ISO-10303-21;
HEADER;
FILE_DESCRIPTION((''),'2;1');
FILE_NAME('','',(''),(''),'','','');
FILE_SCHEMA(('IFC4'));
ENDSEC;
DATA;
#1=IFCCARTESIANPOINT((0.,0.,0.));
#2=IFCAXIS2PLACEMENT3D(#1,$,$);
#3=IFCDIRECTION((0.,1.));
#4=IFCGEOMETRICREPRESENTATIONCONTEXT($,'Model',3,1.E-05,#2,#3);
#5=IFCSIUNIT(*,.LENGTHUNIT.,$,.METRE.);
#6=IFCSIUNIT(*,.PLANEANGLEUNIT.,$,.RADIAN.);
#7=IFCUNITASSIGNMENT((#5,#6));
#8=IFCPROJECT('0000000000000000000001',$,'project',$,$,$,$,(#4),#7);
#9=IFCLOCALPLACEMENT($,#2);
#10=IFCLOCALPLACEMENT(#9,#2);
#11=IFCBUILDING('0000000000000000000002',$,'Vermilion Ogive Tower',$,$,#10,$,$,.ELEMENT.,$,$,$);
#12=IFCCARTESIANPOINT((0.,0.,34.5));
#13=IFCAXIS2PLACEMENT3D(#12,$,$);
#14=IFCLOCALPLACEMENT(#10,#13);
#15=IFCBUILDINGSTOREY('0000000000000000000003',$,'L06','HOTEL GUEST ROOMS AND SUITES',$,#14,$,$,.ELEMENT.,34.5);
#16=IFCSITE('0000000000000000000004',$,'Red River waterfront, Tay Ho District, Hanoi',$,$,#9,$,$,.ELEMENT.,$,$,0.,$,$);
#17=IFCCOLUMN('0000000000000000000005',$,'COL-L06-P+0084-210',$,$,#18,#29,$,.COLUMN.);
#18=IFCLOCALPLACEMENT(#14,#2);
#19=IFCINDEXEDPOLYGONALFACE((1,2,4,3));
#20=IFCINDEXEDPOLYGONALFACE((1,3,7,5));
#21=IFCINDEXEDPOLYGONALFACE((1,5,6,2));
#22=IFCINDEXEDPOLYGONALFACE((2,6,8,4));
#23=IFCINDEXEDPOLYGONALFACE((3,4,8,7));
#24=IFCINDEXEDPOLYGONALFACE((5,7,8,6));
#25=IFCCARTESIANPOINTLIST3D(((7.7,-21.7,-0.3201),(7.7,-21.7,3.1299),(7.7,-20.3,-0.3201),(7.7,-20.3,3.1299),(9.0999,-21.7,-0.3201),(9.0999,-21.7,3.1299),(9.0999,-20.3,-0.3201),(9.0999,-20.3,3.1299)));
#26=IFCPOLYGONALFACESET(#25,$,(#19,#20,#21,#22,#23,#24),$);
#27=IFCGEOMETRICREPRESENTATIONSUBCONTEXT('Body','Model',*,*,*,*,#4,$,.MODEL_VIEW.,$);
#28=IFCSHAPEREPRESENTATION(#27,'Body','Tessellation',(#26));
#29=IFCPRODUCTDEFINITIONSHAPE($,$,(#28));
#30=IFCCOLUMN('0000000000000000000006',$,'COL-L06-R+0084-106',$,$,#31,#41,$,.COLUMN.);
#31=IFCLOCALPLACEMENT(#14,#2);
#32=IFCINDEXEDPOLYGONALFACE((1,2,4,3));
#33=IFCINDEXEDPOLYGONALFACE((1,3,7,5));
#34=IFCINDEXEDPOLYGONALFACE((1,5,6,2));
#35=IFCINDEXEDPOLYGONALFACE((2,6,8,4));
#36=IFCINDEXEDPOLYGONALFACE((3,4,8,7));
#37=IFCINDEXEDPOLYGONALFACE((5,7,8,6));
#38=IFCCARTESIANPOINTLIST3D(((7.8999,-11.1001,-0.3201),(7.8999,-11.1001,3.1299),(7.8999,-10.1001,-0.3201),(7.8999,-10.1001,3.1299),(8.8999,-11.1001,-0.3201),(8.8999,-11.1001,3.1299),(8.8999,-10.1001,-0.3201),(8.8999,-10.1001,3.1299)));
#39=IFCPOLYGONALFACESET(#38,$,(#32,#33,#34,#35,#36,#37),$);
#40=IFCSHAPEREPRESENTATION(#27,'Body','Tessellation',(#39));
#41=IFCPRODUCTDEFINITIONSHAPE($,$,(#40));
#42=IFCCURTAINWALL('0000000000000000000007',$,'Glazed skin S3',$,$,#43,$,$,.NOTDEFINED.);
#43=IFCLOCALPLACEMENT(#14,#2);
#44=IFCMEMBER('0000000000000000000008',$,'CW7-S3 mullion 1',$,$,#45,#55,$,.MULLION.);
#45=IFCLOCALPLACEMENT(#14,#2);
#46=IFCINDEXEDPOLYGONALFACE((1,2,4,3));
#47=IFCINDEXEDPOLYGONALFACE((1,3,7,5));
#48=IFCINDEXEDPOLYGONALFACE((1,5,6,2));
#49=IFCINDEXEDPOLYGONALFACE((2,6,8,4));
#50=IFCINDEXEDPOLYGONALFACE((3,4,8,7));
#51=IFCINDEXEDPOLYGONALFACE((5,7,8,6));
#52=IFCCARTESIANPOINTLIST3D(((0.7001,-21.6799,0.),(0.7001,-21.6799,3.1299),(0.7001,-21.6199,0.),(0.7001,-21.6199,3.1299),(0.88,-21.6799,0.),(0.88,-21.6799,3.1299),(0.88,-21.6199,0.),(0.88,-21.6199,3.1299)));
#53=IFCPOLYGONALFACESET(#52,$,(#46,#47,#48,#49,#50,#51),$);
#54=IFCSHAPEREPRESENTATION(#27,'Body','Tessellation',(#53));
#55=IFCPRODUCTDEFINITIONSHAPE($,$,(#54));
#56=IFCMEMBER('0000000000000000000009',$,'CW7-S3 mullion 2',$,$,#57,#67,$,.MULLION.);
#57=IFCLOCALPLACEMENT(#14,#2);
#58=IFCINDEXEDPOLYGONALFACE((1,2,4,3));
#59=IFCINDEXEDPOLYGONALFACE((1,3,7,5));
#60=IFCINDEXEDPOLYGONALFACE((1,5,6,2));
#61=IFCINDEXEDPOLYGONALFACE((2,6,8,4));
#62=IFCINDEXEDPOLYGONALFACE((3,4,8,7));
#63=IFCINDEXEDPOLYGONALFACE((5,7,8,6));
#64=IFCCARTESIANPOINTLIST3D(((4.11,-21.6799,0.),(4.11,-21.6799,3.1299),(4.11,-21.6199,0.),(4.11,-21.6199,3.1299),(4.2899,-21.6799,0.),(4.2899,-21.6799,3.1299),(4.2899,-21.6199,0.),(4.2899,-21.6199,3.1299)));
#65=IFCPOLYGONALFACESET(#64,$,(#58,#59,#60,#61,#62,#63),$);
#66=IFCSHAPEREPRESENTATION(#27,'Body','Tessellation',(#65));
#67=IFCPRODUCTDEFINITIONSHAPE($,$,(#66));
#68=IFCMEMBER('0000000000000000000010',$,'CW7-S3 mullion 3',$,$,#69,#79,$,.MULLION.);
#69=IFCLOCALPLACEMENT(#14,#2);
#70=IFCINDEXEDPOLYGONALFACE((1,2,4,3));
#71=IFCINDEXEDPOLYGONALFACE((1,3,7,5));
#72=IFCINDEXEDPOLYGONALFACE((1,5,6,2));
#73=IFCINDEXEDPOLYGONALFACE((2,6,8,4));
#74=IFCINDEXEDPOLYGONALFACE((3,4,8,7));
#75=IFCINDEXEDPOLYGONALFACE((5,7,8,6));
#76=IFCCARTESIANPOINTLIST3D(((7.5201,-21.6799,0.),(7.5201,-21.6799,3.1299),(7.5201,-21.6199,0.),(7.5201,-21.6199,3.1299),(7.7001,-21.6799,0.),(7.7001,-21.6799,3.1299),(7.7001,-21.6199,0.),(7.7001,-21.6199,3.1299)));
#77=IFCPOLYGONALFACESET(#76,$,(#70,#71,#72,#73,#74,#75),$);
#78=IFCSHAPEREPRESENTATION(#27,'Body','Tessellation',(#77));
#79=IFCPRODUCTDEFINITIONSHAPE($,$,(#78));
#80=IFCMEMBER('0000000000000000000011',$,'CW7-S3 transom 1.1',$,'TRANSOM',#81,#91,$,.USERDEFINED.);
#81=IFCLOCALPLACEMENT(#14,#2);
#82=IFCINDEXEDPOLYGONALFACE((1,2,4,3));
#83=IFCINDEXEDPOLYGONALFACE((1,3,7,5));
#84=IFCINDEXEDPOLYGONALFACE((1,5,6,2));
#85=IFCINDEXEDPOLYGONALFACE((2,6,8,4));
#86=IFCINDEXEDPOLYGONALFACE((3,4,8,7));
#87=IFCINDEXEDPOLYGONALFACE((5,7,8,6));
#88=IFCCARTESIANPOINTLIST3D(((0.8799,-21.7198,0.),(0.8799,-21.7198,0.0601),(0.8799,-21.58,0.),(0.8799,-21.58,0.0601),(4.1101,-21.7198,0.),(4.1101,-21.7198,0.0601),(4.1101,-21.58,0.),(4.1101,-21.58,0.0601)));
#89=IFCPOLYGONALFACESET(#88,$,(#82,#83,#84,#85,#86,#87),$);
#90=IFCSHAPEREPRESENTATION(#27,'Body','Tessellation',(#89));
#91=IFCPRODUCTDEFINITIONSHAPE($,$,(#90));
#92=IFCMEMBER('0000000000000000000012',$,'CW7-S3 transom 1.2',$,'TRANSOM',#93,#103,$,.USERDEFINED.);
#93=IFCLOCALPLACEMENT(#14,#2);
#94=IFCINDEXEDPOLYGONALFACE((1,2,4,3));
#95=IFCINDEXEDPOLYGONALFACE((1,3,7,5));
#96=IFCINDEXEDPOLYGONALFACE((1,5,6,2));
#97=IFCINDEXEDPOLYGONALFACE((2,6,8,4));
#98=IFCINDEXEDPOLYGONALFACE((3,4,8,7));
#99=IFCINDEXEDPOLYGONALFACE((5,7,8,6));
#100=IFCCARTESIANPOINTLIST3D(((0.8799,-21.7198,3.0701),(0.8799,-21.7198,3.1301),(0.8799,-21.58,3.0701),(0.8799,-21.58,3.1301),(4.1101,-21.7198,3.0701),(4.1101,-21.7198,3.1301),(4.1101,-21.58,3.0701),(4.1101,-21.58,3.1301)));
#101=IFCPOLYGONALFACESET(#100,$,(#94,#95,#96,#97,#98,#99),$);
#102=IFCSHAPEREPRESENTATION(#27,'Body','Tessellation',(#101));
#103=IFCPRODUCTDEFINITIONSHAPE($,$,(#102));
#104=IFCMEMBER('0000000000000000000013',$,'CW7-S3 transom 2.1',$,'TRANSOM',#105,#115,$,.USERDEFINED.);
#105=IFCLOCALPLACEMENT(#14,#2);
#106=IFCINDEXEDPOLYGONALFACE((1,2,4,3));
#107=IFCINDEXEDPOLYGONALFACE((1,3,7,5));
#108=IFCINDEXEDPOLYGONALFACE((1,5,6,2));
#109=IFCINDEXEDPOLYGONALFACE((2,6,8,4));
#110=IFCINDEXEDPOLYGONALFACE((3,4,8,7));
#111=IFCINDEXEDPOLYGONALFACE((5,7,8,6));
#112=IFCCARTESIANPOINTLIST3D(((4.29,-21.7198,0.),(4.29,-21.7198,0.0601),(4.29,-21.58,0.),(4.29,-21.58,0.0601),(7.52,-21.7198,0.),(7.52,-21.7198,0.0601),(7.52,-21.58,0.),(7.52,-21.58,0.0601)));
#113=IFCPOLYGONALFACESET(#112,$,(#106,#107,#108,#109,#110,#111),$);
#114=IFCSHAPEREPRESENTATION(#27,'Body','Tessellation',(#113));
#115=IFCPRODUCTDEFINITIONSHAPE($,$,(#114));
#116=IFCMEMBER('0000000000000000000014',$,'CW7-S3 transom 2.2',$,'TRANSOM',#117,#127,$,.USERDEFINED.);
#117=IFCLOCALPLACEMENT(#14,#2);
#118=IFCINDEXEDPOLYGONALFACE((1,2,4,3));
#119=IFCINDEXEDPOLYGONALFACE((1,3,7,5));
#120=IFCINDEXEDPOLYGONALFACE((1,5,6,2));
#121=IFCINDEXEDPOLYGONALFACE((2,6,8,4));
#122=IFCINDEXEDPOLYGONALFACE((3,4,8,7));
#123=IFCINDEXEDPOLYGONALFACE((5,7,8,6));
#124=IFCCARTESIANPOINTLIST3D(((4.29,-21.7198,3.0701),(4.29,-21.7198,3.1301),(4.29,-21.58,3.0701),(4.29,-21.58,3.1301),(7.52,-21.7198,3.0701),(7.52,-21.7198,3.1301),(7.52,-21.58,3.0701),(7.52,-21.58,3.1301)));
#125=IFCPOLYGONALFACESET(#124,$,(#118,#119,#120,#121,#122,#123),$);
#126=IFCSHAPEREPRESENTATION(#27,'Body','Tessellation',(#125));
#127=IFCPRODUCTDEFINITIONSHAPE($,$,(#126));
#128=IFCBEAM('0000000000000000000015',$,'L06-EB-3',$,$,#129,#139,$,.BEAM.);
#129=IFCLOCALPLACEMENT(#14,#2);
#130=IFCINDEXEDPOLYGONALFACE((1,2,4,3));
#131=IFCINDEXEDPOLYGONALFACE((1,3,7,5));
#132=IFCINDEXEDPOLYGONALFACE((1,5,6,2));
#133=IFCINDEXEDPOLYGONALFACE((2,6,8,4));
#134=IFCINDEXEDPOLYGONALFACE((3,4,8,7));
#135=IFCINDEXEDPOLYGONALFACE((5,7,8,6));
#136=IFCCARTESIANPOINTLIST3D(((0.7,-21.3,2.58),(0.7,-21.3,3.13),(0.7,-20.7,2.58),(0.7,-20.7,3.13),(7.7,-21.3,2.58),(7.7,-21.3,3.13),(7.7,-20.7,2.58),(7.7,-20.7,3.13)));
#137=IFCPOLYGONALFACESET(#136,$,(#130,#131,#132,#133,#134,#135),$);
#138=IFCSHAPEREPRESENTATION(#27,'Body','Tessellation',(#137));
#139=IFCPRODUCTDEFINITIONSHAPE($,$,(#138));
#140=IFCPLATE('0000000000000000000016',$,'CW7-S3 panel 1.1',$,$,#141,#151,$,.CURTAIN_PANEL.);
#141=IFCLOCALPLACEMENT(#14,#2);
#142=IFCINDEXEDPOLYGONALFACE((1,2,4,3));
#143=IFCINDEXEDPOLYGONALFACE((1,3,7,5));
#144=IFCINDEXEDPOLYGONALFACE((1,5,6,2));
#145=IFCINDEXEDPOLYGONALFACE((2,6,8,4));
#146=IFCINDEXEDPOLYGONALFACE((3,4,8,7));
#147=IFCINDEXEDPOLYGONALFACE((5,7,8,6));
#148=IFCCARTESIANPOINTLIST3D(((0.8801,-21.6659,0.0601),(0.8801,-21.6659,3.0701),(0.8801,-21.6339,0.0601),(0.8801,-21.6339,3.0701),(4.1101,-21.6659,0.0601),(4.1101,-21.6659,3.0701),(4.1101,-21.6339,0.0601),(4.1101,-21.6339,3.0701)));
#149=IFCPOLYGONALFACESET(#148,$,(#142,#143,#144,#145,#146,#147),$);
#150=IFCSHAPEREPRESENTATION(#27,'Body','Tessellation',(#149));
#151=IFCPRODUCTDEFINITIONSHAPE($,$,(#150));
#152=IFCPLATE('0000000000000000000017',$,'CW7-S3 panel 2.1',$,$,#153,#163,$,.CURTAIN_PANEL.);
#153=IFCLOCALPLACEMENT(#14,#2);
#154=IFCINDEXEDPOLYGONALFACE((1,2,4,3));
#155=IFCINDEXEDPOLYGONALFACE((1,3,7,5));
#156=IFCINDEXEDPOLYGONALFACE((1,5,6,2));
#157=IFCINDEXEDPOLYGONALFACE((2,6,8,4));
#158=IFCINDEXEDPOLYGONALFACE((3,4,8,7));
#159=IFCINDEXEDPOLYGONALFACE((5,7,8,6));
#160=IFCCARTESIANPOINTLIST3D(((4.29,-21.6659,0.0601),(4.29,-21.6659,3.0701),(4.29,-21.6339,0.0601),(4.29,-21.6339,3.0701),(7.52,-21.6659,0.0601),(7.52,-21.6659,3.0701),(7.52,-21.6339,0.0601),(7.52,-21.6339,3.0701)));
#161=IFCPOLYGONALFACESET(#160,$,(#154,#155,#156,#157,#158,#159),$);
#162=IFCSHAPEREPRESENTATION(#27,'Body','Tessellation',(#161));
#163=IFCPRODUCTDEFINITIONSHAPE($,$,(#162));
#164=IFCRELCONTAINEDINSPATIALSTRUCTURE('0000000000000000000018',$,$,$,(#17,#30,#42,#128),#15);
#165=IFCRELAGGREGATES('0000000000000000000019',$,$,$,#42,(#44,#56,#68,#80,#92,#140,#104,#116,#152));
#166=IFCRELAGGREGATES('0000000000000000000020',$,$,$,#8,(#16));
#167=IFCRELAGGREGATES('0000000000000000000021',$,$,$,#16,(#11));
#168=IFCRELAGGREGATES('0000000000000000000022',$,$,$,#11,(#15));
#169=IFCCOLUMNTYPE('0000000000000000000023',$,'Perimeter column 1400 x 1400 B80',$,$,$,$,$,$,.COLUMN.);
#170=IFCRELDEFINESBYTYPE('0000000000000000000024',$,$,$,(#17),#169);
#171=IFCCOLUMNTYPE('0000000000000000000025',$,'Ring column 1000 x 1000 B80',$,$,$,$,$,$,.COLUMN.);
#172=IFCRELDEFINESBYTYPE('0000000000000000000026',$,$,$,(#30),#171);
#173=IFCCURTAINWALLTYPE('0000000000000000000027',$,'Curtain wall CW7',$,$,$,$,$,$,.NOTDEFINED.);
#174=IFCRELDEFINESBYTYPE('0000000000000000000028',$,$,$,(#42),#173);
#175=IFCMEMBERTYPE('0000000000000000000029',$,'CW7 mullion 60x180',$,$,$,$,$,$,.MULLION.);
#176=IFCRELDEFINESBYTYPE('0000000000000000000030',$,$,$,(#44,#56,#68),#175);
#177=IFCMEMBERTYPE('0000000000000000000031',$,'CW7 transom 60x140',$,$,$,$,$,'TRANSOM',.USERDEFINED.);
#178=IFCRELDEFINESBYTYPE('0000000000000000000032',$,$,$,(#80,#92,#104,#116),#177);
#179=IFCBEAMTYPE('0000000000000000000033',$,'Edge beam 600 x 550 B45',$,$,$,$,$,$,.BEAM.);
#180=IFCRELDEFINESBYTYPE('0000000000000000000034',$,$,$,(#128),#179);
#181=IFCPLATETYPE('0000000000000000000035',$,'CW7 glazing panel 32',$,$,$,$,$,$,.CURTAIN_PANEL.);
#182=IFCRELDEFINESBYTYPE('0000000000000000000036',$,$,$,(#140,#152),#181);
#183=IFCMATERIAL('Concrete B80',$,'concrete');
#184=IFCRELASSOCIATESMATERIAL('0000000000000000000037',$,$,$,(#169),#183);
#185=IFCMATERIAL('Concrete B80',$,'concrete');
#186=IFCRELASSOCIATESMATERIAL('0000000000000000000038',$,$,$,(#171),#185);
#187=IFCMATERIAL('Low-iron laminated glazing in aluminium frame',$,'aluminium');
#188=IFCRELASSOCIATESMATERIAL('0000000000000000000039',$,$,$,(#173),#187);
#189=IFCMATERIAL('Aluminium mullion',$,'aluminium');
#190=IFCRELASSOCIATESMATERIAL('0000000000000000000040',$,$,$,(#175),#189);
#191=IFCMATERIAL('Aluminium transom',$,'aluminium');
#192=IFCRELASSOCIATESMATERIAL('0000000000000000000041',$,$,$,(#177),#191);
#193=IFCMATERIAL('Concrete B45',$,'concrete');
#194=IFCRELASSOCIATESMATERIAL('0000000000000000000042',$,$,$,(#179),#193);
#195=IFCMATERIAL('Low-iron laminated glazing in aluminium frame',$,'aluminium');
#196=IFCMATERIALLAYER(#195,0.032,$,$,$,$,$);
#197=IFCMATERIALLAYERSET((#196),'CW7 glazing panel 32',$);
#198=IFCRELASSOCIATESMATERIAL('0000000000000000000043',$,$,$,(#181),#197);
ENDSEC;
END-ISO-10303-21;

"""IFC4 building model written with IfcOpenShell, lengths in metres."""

from ifc_helpers import new_model, si_unit, direction, frame, origin, origin_2d, place, context, subcontext, project, spatial, rectangle, extrude, material, layer, layer_set, material_profile, profile_set, type_object, element, aggregate, save


model = new_model("IFC4")

# Units and contexts
model_context = context("Model", 3, precision=1e-05, world=origin(), true_north=direction((0.0, 1.0)))
body_context = subcontext(model_context, "Body", "Model", "MODEL_VIEW")
ifc_project = project(units=[si_unit("LENGTHUNIT", "METRE"), si_unit("PLANEANGLEUNIT", "RADIAN")], contexts=[model_context])

# Site, building, storey
site_placement = place(None, origin())
site = spatial("IfcSite", under=ifc_project, at=site_placement, Name="Red River waterfront, Tay Ho District, Hanoi", CompositionType="ELEMENT", RefElevation=0.0)
building_placement = place(site_placement, origin())
building = spatial("IfcBuilding", under=site, at=building_placement, Name="Vermilion Ogive Tower", CompositionType="ELEMENT")
storey_placement = place(building_placement, frame((0.0, 0.0, 34.5)))
storey = spatial("IfcBuildingStorey", under=building, at=storey_placement, Name="L06", Description="HOTEL GUEST ROOMS AND SUITES", CompositionType="ELEMENT", Elevation=34.5)

# Columns
ifc_material_1 = material(Name="Concrete B80", Category="concrete")
ifc_material_profile_1 = material_profile(ifc_material_1, rectangle(XDim=1.3999, YDim=1.3999, at=origin_2d()), Name="1400 x 1400")
ifc_profile_set_1 = profile_set([ifc_material_profile_1], Name="Concrete B80")
column_type_1 = type_object("IfcColumnType", Name="Perimeter column 1400 x 1400 B80", PredefinedType="COLUMN", material=ifc_profile_set_1)
column_1_placement = place(storey_placement, frame((8.3999, -21.0, -0.3201), z_axis=(0.0, 0.0, 1.0), x_axis=(1.0, 0.0, 0.0)))
element("IfcColumn", 1, at=column_1_placement, inside=storey, type_object=column_type_1, Name="COL-L06-P+0084-210", PredefinedType="COLUMN", context=body_context, shape_type="SweptSolid", body=[
    extrude(rectangle(XDim=1.3999, YDim=1.3999, at=origin_2d()), origin(), (0.0, 0.0, 1.0), 3.45),
])
ifc_material_2 = material(Name="Concrete B80", Category="concrete")
ifc_material_profile_2 = material_profile(ifc_material_2, rectangle(XDim=1.0, YDim=1.0, at=origin_2d()), Name="1000 x 1000")
ifc_profile_set_2 = profile_set([ifc_material_profile_2], Name="Concrete B80")
column_type_2 = type_object("IfcColumnType", Name="Ring column 1000 x 1000 B80", PredefinedType="COLUMN", material=ifc_profile_set_2)
column_2_placement = place(storey_placement, frame((8.3999, -10.6001, -0.3201), z_axis=(0.0, 0.0, 1.0), x_axis=(1.0, 0.0, 0.0)))
element("IfcColumn", 2, at=column_2_placement, inside=storey, type_object=column_type_2, Name="COL-L06-R+0084-106", PredefinedType="COLUMN", context=body_context, shape_type="SweptSolid", body=[
    extrude(rectangle(XDim=1.0, YDim=1.0, at=origin_2d()), origin(), (0.0, 0.0, 1.0), 3.45),
])

# Curtain wall, members
ifc_material_3 = material(Name="Low-iron laminated glazing in aluminium frame", Category="aluminium")
curtain_wall_type = type_object("IfcCurtainWallType", Name="Curtain wall CW7", PredefinedType="NOTDEFINED", material=ifc_material_3)
curtain_wall_placement = place(storey_placement, origin())
curtain_wall = element("IfcCurtainWall", 3, at=curtain_wall_placement, inside=storey, type_object=curtain_wall_type, Name="Glazed skin S3", PredefinedType="NOTDEFINED")
ifc_material_4 = material(Name="Aluminium mullion", Category="aluminium")
ifc_material_profile_3 = material_profile(ifc_material_4, rectangle(XDim=0.0601, YDim=0.1799, at=origin_2d()), Name="AL 60x180")
ifc_profile_set_3 = profile_set([ifc_material_profile_3], Name="Aluminium mullion")
member_type_1 = type_object("IfcMemberType", Name="CW7 mullion 60x180", PredefinedType="MULLION", material=ifc_profile_set_3)
member_1_placement = place(storey_placement, frame((0.79, -21.6499, 0.0), z_axis=(0.0, 0.0, 1.0), x_axis=(0.0, 1.0, 0.0)))
member_1 = element("IfcMember", 4, at=member_1_placement, type_object=member_type_1, Name="CW7-S3 mullion 1", PredefinedType="MULLION", context=body_context, shape_type="SweptSolid", body=[
    extrude(rectangle(XDim=0.0601, YDim=0.1799, at=origin_2d()), origin(), (0.0, 0.0, 1.0), 3.1299),
])
member_2_placement = place(storey_placement, frame((4.2, -21.6499, 0.0), z_axis=(0.0, 0.0, 1.0), x_axis=(0.0, 1.0, 0.0)))
member_2 = element("IfcMember", 5, at=member_2_placement, type_object=member_type_1, Name="CW7-S3 mullion 2", PredefinedType="MULLION", context=body_context, shape_type="SweptSolid", body=[
    extrude(rectangle(XDim=0.0601, YDim=0.1799, at=origin_2d()), origin(), (0.0, 0.0, 1.0), 3.1299),
])
member_3_placement = place(storey_placement, frame((7.6101, -21.6499, 0.0), z_axis=(0.0, 0.0, 1.0), x_axis=(0.0, 1.0, 0.0)))
member_3 = element("IfcMember", 6, at=member_3_placement, type_object=member_type_1, Name="CW7-S3 mullion 3", PredefinedType="MULLION", context=body_context, shape_type="SweptSolid", body=[
    extrude(rectangle(XDim=0.0601, YDim=0.1799, at=origin_2d()), origin(), (0.0, 0.0, 1.0), 3.1299),
])
ifc_material_5 = material(Name="Aluminium transom", Category="aluminium")
ifc_material_profile_4 = material_profile(ifc_material_5, rectangle(XDim=0.1399, YDim=0.0601, at=origin_2d()), Name="AL 60x140")
ifc_profile_set_4 = profile_set([ifc_material_profile_4], Name="Aluminium transom")
member_type_2 = type_object("IfcMemberType", Name="CW7 transom 60x140", ElementType="TRANSOM", PredefinedType="USERDEFINED", material=ifc_profile_set_4)
member_4_placement = place(storey_placement, frame((0.8799, -21.6499, 0.03), z_axis=(1.0, 0.0, 0.0), x_axis=(0.0, 1.0, 0.0)))
member_4 = element("IfcMember", 7, at=member_4_placement, type_object=member_type_2, Name="CW7-S3 transom 1.1", ObjectType="TRANSOM", PredefinedType="USERDEFINED", context=body_context, shape_type="SweptSolid", body=[
    extrude(rectangle(XDim=0.1399, YDim=0.0601, at=origin_2d()), origin(), (0.0, 0.0, 1.0), 3.2302),
])
member_5_placement = place(storey_placement, frame((0.8799, -21.6499, 3.1001), z_axis=(1.0, 0.0, 0.0), x_axis=(0.0, 1.0, 0.0)))
member_5 = element("IfcMember", 8, at=member_5_placement, type_object=member_type_2, Name="CW7-S3 transom 1.2", ObjectType="TRANSOM", PredefinedType="USERDEFINED", context=body_context, shape_type="SweptSolid", body=[
    extrude(rectangle(XDim=0.1399, YDim=0.0601, at=origin_2d()), origin(), (0.0, 0.0, 1.0), 3.2302),
])
member_6_placement = place(storey_placement, frame((4.29, -21.6499, 0.03), z_axis=(1.0, 0.0, 0.0), x_axis=(0.0, 1.0, 0.0)))
member_6 = element("IfcMember", 9, at=member_6_placement, type_object=member_type_2, Name="CW7-S3 transom 2.1", ObjectType="TRANSOM", PredefinedType="USERDEFINED", context=body_context, shape_type="SweptSolid", body=[
    extrude(rectangle(XDim=0.1399, YDim=0.0601, at=origin_2d()), origin(), (0.0, 0.0, 1.0), 3.23),
])
member_7_placement = place(storey_placement, frame((4.29, -21.6499, 3.1001), z_axis=(1.0, 0.0, 0.0), x_axis=(0.0, 1.0, 0.0)))
member_7 = element("IfcMember", 10, at=member_7_placement, type_object=member_type_2, Name="CW7-S3 transom 2.2", ObjectType="TRANSOM", PredefinedType="USERDEFINED", context=body_context, shape_type="SweptSolid", body=[
    extrude(rectangle(XDim=0.1399, YDim=0.0601, at=origin_2d()), origin(), (0.0, 0.0, 1.0), 3.23),
])

# Beam
ifc_material_6 = material(Name="Concrete B45", Category="concrete")
ifc_material_profile_5 = material_profile(ifc_material_6, rectangle(XDim=0.6001, YDim=0.55, at=origin_2d()), Name="600 x 550")
ifc_profile_set_5 = profile_set([ifc_material_profile_5], Name="Concrete B45")
beam_type = type_object("IfcBeamType", Name="Edge beam 600 x 550 B45", PredefinedType="BEAM", material=ifc_profile_set_5)
beam_placement = place(storey_placement, frame((0.7, -21.0, 2.855), z_axis=(1.0, 0.0, 0.0), x_axis=(0.0, 1.0, 0.0)))
element("IfcBeam", 11, at=beam_placement, inside=storey, type_object=beam_type, Name="L06-EB-3", PredefinedType="BEAM", context=body_context, shape_type="SweptSolid", body=[
    extrude(rectangle(XDim=0.6001, YDim=0.55, at=origin_2d()), origin(), (0.0, 0.0, 1.0), 7.0),
])

# Plates
ifc_material_7 = material(Name="Low-iron laminated glazing in aluminium frame", Category="aluminium")
ifc_layer_1 = layer(ifc_material_7, 0.032)
ifc_layer_set_1 = layer_set([ifc_layer_1], Name="CW7 glazing panel 32")
plate_type = type_object("IfcPlateType", Name="CW7 glazing panel 32", PredefinedType="CURTAIN_PANEL", material=ifc_layer_set_1)
plate_1_placement = place(storey_placement, frame((2.4951, -21.6499, 0.0601), z_axis=(0.0, 0.0, 1.0), x_axis=(1.0, 0.0, 0.0)))
plate_1 = element("IfcPlate", 12, at=plate_1_placement, type_object=plate_type, Name="CW7-S3 panel 1.1", PredefinedType="CURTAIN_PANEL", context=body_context, shape_type="SweptSolid", body=[
    extrude(rectangle(XDim=3.23, YDim=0.032, at=origin_2d()), origin(), (0.0, 0.0, 1.0), 3.01),
])
plate_2_placement = place(storey_placement, frame((5.905, -21.6499, 0.0601), z_axis=(0.0, 0.0, 1.0), x_axis=(1.0, 0.0, 0.0)))
plate_2 = element("IfcPlate", 13, at=plate_2_placement, type_object=plate_type, Name="CW7-S3 panel 2.1", PredefinedType="CURTAIN_PANEL", context=body_context, shape_type="SweptSolid", body=[
    extrude(rectangle(XDim=3.23, YDim=0.032, at=origin_2d()), origin(), (0.0, 0.0, 1.0), 3.01),
])
aggregate(curtain_wall, [member_1, member_2, member_3, member_4, member_5, plate_1, member_6, member_7, plate_2])

save(model, "model.ifc")
